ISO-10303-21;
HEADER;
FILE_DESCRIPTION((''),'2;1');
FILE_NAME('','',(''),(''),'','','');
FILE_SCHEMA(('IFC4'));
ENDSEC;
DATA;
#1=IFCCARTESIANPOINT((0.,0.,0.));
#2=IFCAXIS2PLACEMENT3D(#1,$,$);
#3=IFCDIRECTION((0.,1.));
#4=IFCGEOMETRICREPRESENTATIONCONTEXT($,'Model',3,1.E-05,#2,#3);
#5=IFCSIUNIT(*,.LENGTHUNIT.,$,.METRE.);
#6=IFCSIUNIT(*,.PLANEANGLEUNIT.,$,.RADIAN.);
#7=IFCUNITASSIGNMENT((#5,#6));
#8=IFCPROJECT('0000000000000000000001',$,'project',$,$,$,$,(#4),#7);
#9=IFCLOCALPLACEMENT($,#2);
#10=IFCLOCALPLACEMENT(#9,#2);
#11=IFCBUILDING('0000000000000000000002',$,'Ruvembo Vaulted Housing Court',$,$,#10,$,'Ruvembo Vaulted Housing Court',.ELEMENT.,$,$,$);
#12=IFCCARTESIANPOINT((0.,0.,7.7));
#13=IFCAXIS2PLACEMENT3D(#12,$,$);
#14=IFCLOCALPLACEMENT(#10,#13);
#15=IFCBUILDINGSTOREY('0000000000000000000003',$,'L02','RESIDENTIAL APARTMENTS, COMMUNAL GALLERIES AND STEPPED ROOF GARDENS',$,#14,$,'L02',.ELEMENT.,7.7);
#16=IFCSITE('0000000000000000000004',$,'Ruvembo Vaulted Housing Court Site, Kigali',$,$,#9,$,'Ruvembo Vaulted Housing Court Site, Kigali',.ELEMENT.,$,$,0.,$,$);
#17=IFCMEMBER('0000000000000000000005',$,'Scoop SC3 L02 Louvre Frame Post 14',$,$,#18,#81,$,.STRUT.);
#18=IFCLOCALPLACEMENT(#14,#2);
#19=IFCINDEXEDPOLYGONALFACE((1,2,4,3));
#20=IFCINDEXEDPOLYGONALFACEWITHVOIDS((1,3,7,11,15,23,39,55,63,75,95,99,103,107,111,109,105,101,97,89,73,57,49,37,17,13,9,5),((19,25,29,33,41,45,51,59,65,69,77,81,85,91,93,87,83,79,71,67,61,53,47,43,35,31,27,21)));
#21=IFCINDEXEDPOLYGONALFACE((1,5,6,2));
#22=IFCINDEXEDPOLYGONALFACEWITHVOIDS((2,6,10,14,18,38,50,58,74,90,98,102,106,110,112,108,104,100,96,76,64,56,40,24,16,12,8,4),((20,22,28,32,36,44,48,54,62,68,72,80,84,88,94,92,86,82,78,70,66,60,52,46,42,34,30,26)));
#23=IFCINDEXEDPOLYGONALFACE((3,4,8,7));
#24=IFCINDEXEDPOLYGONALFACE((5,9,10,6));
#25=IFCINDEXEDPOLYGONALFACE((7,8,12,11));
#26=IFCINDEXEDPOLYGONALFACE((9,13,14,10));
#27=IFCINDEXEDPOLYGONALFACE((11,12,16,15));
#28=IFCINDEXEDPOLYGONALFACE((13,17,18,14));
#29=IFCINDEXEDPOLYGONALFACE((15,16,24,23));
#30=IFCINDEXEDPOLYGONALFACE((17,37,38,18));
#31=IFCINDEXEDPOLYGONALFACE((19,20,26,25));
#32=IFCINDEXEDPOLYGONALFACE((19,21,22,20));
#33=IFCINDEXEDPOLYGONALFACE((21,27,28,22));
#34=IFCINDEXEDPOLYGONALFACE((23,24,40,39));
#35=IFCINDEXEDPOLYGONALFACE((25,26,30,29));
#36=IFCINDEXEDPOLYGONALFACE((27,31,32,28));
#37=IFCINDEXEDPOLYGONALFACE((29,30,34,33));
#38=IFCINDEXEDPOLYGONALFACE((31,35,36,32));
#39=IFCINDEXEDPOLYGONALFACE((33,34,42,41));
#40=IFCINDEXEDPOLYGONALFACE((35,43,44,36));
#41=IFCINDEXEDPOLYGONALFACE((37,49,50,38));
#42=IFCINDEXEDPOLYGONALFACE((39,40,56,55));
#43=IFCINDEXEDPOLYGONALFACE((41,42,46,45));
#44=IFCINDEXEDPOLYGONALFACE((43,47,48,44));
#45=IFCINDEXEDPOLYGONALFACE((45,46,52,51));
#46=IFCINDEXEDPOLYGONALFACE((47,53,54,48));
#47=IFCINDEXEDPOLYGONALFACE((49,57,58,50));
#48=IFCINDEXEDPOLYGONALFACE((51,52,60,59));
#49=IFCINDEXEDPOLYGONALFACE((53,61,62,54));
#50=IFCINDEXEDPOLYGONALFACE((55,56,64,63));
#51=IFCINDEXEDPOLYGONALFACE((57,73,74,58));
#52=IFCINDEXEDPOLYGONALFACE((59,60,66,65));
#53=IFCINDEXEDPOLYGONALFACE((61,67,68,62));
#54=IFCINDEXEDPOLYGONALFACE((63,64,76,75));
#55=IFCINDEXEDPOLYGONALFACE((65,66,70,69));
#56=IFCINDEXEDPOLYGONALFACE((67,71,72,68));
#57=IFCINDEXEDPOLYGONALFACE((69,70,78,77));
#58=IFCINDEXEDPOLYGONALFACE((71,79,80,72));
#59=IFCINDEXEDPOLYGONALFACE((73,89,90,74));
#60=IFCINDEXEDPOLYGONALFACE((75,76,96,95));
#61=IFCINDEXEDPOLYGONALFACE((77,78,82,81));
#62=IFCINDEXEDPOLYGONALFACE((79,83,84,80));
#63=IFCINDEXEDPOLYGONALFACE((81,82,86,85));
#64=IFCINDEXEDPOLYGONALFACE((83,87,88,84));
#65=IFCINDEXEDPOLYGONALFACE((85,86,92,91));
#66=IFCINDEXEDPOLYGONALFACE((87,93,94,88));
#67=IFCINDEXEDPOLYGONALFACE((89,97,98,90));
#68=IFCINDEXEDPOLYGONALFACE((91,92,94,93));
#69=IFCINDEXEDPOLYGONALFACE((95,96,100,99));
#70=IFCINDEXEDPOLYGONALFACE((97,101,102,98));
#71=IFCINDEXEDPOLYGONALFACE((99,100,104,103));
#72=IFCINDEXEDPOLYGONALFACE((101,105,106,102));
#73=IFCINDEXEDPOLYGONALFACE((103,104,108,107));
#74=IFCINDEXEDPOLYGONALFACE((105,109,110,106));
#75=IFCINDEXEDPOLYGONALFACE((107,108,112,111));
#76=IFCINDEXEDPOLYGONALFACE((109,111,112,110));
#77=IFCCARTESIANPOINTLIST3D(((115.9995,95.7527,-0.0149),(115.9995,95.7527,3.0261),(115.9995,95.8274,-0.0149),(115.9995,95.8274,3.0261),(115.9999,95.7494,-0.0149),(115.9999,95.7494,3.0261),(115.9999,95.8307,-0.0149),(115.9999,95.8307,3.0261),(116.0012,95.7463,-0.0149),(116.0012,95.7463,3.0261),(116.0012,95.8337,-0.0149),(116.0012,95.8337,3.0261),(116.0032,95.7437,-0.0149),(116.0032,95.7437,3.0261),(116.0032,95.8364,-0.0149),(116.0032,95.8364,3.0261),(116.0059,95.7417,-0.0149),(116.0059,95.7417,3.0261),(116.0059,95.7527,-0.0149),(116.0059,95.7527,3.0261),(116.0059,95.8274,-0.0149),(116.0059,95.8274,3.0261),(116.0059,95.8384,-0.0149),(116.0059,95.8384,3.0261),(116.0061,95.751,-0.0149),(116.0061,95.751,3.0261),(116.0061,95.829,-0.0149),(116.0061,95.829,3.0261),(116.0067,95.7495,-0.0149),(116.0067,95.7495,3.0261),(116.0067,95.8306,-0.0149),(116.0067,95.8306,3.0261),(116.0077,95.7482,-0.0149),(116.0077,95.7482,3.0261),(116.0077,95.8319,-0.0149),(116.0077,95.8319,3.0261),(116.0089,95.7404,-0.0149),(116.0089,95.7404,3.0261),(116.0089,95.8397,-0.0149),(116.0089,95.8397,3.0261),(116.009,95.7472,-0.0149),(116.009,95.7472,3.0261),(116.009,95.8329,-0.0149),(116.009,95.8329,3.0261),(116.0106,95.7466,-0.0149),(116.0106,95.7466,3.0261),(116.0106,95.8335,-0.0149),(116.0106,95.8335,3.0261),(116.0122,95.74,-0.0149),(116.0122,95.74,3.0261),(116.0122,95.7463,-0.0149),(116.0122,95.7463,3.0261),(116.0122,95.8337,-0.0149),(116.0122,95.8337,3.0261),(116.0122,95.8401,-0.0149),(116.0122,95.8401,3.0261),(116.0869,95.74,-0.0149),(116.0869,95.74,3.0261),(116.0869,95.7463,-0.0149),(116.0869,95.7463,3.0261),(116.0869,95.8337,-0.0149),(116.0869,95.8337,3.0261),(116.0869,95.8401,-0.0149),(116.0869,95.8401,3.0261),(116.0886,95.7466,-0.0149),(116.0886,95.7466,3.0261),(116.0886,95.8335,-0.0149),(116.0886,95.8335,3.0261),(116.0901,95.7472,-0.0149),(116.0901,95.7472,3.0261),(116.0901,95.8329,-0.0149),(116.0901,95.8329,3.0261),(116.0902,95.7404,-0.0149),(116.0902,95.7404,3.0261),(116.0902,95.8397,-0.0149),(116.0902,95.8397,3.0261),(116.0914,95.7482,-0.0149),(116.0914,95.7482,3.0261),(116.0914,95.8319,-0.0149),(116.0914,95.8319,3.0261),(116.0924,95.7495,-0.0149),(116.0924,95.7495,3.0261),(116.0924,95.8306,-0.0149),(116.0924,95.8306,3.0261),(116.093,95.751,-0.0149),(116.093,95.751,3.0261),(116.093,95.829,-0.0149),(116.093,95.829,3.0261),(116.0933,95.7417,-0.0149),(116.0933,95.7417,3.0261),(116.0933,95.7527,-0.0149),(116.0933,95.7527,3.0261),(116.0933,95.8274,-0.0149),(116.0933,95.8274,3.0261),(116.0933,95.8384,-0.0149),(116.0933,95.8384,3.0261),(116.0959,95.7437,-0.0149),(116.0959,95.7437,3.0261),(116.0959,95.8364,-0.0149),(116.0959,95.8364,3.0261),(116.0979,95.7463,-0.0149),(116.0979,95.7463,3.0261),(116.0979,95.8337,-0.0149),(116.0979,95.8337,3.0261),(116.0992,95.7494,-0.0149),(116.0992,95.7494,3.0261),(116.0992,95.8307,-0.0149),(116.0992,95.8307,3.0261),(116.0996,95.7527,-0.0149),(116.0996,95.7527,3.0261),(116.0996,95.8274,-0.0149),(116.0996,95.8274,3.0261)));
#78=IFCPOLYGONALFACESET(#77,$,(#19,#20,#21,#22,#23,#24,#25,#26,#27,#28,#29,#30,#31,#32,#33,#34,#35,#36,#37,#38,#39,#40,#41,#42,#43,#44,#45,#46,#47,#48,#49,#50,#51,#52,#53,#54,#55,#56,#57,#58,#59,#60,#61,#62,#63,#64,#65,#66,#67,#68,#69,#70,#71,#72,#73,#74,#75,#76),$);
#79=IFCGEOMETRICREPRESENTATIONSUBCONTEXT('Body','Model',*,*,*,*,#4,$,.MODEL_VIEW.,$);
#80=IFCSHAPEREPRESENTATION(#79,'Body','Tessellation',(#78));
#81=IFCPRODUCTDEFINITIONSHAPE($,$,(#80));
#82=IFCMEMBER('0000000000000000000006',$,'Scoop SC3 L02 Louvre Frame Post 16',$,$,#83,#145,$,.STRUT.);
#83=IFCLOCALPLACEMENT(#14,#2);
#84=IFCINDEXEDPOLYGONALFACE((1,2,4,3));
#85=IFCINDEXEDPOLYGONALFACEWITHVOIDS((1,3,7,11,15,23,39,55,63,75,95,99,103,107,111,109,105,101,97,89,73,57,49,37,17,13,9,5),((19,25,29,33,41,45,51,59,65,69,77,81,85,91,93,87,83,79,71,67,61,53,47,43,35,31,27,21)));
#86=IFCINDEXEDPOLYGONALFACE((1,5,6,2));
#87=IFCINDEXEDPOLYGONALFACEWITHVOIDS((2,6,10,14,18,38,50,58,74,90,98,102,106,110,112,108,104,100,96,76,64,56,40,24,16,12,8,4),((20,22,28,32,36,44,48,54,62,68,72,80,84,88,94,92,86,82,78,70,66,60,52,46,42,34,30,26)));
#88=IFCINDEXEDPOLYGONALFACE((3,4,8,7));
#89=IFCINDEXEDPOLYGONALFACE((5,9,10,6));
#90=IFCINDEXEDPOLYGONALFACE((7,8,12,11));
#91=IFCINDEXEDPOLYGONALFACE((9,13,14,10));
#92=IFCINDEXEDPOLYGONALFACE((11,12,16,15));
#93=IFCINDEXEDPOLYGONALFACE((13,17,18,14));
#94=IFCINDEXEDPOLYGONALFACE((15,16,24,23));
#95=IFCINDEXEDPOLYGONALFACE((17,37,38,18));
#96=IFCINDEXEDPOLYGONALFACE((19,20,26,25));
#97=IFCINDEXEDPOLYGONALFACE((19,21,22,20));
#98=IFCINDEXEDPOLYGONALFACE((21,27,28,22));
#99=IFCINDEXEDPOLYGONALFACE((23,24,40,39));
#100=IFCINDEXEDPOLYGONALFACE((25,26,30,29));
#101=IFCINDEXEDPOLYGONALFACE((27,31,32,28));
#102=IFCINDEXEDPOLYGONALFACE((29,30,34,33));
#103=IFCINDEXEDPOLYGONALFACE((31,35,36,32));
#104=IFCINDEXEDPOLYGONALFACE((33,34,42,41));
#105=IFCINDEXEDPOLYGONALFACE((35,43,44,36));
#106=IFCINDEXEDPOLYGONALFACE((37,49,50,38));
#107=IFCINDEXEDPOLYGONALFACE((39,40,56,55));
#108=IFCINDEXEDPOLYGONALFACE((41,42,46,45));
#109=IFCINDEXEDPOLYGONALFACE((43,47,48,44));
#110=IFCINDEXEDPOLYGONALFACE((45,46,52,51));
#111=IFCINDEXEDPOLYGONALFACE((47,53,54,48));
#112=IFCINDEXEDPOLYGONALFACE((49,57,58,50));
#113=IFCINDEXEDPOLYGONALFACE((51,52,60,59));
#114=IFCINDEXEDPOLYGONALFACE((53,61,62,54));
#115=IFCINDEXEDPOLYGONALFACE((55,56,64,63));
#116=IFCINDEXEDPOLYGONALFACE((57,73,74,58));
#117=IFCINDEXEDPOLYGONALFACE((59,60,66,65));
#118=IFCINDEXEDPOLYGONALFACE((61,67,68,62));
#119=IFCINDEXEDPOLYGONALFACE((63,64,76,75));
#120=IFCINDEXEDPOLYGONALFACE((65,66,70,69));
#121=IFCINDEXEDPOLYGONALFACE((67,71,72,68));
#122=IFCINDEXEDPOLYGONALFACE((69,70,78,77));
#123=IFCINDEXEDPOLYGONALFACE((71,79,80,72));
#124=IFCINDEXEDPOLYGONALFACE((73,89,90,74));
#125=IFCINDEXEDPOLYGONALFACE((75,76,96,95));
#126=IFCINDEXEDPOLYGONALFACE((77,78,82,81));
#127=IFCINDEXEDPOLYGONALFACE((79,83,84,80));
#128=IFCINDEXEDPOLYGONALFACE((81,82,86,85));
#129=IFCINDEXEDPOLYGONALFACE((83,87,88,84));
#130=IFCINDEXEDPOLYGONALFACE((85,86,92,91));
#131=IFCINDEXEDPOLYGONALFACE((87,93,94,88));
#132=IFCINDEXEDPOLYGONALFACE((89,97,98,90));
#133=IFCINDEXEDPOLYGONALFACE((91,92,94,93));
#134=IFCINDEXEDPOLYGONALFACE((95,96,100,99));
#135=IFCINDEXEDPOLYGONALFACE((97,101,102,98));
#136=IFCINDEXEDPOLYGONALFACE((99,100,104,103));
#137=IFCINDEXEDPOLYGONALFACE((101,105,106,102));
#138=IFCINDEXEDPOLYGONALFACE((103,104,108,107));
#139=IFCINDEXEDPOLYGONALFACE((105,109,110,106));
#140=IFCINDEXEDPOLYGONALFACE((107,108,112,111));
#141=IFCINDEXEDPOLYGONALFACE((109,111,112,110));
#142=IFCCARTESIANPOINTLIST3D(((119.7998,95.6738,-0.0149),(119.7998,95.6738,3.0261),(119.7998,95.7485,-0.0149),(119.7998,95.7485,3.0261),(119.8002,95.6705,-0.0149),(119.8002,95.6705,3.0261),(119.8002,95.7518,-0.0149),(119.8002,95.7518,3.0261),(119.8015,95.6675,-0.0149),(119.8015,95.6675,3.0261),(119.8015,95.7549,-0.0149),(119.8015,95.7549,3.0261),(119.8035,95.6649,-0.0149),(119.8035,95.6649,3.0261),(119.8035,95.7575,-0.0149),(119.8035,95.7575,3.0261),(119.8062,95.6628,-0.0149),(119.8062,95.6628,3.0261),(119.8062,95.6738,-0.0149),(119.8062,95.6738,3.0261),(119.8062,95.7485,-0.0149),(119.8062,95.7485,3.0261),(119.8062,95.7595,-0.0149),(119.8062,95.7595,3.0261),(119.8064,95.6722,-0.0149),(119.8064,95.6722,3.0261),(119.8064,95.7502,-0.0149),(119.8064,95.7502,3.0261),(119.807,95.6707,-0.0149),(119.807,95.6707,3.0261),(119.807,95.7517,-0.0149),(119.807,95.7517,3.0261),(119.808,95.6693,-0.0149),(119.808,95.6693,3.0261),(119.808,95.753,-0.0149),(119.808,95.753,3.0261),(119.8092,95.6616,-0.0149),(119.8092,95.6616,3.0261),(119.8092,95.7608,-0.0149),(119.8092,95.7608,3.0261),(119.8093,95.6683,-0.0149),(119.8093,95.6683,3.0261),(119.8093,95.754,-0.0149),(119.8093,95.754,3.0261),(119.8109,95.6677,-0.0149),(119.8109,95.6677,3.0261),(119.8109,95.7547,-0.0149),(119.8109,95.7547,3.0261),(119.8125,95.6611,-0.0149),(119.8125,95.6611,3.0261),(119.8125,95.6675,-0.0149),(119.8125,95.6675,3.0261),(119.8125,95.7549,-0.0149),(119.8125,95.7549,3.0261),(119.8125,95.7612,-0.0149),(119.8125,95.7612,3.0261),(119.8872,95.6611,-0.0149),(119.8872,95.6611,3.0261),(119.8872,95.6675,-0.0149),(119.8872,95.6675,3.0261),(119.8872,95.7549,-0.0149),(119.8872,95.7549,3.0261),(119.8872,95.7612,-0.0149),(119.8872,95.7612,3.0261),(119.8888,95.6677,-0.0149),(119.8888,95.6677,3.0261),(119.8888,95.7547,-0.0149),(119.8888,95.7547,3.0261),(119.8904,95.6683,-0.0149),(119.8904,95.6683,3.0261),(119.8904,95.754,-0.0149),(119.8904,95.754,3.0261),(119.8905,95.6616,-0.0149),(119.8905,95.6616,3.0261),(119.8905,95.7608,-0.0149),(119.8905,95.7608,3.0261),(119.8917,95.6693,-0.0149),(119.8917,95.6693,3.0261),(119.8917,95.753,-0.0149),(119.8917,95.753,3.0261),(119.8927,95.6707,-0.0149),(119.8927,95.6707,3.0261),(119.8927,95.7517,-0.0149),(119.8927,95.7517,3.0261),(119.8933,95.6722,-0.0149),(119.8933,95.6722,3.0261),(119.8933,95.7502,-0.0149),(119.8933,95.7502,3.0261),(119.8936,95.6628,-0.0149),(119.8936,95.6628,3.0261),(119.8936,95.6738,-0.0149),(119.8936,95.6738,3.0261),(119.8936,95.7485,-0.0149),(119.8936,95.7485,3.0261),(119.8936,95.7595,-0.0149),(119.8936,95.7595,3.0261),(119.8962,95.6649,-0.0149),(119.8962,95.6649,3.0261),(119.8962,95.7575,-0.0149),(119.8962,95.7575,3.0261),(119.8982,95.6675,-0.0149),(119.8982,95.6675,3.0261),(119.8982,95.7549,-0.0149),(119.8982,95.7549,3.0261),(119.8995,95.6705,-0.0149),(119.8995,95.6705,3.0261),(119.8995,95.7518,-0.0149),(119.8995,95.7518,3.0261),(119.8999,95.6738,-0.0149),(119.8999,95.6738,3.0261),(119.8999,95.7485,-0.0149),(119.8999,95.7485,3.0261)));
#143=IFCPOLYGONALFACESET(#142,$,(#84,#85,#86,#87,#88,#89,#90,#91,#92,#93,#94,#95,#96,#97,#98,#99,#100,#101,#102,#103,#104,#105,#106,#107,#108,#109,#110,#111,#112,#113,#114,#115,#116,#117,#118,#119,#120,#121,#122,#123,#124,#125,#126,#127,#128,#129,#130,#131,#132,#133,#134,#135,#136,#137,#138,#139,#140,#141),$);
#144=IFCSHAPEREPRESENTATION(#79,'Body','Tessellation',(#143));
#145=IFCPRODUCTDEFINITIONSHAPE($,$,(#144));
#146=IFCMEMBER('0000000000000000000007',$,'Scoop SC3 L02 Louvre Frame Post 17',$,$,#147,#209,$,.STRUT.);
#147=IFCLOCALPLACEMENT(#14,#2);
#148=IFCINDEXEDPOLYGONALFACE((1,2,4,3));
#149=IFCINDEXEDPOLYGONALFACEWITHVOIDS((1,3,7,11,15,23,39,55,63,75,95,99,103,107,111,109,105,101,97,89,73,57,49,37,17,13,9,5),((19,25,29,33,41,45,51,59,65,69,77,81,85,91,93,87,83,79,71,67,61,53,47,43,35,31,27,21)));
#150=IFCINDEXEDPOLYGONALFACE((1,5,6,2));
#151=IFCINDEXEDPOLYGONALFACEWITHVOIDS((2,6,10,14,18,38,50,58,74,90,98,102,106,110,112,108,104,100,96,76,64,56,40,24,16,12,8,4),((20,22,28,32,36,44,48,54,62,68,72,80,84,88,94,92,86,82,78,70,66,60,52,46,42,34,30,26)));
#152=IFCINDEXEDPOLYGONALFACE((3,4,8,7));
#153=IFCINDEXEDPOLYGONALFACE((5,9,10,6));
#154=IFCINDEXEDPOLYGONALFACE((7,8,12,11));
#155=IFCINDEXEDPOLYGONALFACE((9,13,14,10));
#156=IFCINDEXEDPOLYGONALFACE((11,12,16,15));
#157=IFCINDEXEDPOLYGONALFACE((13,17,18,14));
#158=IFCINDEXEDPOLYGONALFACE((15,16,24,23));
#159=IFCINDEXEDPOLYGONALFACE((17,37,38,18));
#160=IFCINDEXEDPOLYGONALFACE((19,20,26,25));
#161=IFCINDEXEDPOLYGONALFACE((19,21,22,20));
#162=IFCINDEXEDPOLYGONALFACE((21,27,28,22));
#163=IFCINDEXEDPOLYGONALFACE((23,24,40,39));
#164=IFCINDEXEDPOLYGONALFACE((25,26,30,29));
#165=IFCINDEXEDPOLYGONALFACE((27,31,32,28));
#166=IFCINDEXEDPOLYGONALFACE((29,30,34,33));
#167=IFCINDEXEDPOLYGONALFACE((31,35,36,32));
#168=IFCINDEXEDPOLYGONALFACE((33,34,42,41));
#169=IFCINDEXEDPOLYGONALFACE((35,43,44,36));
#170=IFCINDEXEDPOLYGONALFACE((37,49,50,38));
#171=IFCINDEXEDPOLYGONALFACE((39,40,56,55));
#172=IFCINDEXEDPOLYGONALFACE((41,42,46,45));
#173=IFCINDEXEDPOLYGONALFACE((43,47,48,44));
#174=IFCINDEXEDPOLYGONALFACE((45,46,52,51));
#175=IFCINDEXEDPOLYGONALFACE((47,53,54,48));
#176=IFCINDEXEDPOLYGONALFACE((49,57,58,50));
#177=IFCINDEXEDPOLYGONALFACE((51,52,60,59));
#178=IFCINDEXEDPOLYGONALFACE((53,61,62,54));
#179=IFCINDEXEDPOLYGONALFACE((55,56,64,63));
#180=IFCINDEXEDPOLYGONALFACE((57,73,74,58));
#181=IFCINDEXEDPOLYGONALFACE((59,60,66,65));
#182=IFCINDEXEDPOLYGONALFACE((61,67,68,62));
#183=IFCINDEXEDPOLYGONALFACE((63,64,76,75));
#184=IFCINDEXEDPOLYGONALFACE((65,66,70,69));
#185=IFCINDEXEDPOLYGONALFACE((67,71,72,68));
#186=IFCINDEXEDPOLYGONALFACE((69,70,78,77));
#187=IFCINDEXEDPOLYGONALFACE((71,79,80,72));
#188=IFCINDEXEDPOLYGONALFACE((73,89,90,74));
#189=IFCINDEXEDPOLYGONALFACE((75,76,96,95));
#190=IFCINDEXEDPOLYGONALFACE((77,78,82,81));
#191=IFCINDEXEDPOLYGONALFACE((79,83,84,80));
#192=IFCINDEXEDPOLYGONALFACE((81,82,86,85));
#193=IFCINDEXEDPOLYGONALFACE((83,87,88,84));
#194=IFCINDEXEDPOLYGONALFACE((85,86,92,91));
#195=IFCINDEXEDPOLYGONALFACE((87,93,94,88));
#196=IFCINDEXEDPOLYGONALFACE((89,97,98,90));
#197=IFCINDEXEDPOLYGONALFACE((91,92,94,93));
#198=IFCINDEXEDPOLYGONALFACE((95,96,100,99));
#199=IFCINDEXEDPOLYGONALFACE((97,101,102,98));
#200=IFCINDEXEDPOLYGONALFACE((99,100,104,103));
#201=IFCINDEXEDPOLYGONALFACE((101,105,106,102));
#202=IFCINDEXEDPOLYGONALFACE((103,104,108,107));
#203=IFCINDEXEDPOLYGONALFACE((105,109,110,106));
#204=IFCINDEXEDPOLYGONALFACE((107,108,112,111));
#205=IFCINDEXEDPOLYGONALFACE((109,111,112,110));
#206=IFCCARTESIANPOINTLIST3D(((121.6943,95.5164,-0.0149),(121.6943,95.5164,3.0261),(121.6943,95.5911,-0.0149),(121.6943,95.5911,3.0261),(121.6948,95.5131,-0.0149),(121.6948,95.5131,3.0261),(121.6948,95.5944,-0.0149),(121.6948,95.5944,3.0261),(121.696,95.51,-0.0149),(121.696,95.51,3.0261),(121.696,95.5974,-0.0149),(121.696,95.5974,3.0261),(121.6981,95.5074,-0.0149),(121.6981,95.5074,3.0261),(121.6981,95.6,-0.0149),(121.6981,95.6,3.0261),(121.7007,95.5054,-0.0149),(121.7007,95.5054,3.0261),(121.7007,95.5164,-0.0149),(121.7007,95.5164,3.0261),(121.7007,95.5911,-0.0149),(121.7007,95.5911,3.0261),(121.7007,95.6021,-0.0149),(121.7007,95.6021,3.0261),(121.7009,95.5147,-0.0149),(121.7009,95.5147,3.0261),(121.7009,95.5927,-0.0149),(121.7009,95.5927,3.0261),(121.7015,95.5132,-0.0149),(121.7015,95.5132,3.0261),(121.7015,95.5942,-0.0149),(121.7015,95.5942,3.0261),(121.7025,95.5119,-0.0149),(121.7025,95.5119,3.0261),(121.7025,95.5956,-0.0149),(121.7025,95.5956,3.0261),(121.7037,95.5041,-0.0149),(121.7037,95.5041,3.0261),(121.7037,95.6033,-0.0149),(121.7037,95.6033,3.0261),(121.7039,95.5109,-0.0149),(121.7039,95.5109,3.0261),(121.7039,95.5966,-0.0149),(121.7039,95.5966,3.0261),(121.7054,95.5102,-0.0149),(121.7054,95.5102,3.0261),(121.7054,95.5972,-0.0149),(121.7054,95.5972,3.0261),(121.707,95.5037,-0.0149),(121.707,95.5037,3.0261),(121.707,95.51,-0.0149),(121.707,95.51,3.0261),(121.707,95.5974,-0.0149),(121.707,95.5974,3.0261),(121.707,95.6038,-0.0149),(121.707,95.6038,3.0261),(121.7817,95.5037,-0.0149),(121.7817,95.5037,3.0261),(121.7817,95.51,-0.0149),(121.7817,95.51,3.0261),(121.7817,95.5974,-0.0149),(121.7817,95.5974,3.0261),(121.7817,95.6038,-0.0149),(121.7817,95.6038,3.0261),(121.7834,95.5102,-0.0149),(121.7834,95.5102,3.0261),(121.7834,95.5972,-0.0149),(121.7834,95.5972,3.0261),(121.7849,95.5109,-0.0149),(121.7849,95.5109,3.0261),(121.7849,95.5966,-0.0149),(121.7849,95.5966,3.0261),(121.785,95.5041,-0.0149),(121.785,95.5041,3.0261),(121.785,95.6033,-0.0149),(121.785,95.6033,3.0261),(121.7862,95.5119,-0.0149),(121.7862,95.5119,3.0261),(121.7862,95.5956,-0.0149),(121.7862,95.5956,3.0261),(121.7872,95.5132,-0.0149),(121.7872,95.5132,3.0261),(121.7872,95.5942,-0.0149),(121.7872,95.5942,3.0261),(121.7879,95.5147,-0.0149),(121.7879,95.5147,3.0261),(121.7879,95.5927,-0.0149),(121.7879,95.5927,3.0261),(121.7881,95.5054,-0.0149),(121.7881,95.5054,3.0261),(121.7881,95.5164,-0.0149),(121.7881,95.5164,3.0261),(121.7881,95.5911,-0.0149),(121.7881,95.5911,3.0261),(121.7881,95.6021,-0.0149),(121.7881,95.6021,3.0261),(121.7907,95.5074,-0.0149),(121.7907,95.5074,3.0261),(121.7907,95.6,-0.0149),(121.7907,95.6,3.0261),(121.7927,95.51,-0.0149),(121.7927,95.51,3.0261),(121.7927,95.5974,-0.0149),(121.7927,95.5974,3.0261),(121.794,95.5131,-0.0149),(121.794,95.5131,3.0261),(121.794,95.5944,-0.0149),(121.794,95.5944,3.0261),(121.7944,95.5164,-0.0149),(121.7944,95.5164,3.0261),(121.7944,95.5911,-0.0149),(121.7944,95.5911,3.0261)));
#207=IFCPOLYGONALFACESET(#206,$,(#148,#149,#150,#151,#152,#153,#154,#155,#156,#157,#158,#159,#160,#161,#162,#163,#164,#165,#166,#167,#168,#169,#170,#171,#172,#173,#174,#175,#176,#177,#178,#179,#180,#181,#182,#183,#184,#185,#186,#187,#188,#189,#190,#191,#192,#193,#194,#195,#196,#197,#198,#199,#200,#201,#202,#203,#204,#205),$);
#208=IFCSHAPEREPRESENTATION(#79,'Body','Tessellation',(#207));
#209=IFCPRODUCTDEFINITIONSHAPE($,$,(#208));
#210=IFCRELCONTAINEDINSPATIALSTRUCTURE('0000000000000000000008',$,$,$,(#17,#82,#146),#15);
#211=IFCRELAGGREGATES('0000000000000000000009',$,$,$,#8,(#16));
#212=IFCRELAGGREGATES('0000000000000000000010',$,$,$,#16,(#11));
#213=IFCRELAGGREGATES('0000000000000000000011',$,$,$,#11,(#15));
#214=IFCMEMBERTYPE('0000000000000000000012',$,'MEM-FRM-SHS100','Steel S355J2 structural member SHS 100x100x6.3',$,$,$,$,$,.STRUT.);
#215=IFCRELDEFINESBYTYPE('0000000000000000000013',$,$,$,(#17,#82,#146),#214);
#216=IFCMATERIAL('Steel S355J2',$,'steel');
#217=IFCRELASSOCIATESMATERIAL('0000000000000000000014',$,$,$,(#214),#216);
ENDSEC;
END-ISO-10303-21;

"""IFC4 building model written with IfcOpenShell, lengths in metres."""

from ifc_helpers import new_model, si_unit, direction, frame, origin, origin_2d, place, context, subcontext, project, spatial, hollow_rectangle, extrude, material, material_profile, profile_set, type_object, element, save


model = new_model("IFC4")

# Units and contexts
model_context = context("Model", 3, precision=1e-05, world=origin(), true_north=direction((0.0, 1.0)))
body_context = subcontext(model_context, "Body", "Model", "MODEL_VIEW")
ifc_project = project(units=[si_unit("LENGTHUNIT", "METRE"), si_unit("PLANEANGLEUNIT", "RADIAN")], contexts=[model_context])

# Site, building, storey
site_placement = place(None, origin())
site = spatial("IfcSite", under=ifc_project, at=site_placement, Name="Ruvembo Vaulted Housing Court Site, Kigali", LongName="Ruvembo Vaulted Housing Court Site, Kigali", CompositionType="ELEMENT", RefElevation=0.0)
building_placement = place(site_placement, origin())
building = spatial("IfcBuilding", under=site, at=building_placement, Name="Ruvembo Vaulted Housing Court", LongName="Ruvembo Vaulted Housing Court", CompositionType="ELEMENT")
storey_placement = place(building_placement, frame((0.0, 0.0, 7.7)))
storey = spatial("IfcBuildingStorey", under=building, at=storey_placement, Name="L02", Description="RESIDENTIAL APARTMENTS, COMMUNAL GALLERIES AND STEPPED ROOF GARDENS", LongName="L02", CompositionType="ELEMENT", Elevation=7.7)

# Shared definitions
ifc_material_1 = material(Name="Steel S355J2", Category="steel")

# Members
ifc_material_profile_1 = material_profile(ifc_material_1, hollow_rectangle(XDim=0.1001, YDim=0.1001, WallThickness=0.0063, InnerFilletRadius=0.0063, OuterFilletRadius=0.0127, at=origin_2d()), Name="SHS 100x100x6.3")
ifc_profile_set_1 = profile_set([ifc_material_profile_1], Name="Steel S355J2")
member_type_1 = type_object("IfcMemberType", Name="MEM-FRM-SHS100", Description="Steel S355J2 structural member SHS 100x100x6.3", PredefinedType="STRUT", material=ifc_profile_set_1)
for number, where, z_axis, x_axis, name in (
    (1, (116.0496, 95.79, -0.0149), (0.0, 0.0, 1.0), (1.0, 0.0, 0.0), "Scoop SC3 L02 Louvre Frame Post 14"),
    (2, (119.8499, 95.7112, -0.0149), (0.0, 0.0, 1.0), (1.0, 0.0, 0.0), "Scoop SC3 L02 Louvre Frame Post 16"),
    (3, (121.7444, 95.5537, -0.0149), (0.0, 0.0, 1.0), (1.0, 0.0, 0.0), "Scoop SC3 L02 Louvre Frame Post 17"),
):
    element("IfcMember", number, at=place(storey_placement, frame(where, z_axis=z_axis, x_axis=x_axis)), inside=storey, type_object=member_type_1, Name=name, PredefinedType="STRUT", context=body_context, shape_type="SweptSolid", body=[
        extrude(hollow_rectangle(XDim=0.1001, YDim=0.1001, WallThickness=0.0063, InnerFilletRadius=0.0063, OuterFilletRadius=0.0127, at=origin_2d()), origin(), (0.0, 0.0, 1.0), 3.041),
    ])

save(model, "model.ifc")
